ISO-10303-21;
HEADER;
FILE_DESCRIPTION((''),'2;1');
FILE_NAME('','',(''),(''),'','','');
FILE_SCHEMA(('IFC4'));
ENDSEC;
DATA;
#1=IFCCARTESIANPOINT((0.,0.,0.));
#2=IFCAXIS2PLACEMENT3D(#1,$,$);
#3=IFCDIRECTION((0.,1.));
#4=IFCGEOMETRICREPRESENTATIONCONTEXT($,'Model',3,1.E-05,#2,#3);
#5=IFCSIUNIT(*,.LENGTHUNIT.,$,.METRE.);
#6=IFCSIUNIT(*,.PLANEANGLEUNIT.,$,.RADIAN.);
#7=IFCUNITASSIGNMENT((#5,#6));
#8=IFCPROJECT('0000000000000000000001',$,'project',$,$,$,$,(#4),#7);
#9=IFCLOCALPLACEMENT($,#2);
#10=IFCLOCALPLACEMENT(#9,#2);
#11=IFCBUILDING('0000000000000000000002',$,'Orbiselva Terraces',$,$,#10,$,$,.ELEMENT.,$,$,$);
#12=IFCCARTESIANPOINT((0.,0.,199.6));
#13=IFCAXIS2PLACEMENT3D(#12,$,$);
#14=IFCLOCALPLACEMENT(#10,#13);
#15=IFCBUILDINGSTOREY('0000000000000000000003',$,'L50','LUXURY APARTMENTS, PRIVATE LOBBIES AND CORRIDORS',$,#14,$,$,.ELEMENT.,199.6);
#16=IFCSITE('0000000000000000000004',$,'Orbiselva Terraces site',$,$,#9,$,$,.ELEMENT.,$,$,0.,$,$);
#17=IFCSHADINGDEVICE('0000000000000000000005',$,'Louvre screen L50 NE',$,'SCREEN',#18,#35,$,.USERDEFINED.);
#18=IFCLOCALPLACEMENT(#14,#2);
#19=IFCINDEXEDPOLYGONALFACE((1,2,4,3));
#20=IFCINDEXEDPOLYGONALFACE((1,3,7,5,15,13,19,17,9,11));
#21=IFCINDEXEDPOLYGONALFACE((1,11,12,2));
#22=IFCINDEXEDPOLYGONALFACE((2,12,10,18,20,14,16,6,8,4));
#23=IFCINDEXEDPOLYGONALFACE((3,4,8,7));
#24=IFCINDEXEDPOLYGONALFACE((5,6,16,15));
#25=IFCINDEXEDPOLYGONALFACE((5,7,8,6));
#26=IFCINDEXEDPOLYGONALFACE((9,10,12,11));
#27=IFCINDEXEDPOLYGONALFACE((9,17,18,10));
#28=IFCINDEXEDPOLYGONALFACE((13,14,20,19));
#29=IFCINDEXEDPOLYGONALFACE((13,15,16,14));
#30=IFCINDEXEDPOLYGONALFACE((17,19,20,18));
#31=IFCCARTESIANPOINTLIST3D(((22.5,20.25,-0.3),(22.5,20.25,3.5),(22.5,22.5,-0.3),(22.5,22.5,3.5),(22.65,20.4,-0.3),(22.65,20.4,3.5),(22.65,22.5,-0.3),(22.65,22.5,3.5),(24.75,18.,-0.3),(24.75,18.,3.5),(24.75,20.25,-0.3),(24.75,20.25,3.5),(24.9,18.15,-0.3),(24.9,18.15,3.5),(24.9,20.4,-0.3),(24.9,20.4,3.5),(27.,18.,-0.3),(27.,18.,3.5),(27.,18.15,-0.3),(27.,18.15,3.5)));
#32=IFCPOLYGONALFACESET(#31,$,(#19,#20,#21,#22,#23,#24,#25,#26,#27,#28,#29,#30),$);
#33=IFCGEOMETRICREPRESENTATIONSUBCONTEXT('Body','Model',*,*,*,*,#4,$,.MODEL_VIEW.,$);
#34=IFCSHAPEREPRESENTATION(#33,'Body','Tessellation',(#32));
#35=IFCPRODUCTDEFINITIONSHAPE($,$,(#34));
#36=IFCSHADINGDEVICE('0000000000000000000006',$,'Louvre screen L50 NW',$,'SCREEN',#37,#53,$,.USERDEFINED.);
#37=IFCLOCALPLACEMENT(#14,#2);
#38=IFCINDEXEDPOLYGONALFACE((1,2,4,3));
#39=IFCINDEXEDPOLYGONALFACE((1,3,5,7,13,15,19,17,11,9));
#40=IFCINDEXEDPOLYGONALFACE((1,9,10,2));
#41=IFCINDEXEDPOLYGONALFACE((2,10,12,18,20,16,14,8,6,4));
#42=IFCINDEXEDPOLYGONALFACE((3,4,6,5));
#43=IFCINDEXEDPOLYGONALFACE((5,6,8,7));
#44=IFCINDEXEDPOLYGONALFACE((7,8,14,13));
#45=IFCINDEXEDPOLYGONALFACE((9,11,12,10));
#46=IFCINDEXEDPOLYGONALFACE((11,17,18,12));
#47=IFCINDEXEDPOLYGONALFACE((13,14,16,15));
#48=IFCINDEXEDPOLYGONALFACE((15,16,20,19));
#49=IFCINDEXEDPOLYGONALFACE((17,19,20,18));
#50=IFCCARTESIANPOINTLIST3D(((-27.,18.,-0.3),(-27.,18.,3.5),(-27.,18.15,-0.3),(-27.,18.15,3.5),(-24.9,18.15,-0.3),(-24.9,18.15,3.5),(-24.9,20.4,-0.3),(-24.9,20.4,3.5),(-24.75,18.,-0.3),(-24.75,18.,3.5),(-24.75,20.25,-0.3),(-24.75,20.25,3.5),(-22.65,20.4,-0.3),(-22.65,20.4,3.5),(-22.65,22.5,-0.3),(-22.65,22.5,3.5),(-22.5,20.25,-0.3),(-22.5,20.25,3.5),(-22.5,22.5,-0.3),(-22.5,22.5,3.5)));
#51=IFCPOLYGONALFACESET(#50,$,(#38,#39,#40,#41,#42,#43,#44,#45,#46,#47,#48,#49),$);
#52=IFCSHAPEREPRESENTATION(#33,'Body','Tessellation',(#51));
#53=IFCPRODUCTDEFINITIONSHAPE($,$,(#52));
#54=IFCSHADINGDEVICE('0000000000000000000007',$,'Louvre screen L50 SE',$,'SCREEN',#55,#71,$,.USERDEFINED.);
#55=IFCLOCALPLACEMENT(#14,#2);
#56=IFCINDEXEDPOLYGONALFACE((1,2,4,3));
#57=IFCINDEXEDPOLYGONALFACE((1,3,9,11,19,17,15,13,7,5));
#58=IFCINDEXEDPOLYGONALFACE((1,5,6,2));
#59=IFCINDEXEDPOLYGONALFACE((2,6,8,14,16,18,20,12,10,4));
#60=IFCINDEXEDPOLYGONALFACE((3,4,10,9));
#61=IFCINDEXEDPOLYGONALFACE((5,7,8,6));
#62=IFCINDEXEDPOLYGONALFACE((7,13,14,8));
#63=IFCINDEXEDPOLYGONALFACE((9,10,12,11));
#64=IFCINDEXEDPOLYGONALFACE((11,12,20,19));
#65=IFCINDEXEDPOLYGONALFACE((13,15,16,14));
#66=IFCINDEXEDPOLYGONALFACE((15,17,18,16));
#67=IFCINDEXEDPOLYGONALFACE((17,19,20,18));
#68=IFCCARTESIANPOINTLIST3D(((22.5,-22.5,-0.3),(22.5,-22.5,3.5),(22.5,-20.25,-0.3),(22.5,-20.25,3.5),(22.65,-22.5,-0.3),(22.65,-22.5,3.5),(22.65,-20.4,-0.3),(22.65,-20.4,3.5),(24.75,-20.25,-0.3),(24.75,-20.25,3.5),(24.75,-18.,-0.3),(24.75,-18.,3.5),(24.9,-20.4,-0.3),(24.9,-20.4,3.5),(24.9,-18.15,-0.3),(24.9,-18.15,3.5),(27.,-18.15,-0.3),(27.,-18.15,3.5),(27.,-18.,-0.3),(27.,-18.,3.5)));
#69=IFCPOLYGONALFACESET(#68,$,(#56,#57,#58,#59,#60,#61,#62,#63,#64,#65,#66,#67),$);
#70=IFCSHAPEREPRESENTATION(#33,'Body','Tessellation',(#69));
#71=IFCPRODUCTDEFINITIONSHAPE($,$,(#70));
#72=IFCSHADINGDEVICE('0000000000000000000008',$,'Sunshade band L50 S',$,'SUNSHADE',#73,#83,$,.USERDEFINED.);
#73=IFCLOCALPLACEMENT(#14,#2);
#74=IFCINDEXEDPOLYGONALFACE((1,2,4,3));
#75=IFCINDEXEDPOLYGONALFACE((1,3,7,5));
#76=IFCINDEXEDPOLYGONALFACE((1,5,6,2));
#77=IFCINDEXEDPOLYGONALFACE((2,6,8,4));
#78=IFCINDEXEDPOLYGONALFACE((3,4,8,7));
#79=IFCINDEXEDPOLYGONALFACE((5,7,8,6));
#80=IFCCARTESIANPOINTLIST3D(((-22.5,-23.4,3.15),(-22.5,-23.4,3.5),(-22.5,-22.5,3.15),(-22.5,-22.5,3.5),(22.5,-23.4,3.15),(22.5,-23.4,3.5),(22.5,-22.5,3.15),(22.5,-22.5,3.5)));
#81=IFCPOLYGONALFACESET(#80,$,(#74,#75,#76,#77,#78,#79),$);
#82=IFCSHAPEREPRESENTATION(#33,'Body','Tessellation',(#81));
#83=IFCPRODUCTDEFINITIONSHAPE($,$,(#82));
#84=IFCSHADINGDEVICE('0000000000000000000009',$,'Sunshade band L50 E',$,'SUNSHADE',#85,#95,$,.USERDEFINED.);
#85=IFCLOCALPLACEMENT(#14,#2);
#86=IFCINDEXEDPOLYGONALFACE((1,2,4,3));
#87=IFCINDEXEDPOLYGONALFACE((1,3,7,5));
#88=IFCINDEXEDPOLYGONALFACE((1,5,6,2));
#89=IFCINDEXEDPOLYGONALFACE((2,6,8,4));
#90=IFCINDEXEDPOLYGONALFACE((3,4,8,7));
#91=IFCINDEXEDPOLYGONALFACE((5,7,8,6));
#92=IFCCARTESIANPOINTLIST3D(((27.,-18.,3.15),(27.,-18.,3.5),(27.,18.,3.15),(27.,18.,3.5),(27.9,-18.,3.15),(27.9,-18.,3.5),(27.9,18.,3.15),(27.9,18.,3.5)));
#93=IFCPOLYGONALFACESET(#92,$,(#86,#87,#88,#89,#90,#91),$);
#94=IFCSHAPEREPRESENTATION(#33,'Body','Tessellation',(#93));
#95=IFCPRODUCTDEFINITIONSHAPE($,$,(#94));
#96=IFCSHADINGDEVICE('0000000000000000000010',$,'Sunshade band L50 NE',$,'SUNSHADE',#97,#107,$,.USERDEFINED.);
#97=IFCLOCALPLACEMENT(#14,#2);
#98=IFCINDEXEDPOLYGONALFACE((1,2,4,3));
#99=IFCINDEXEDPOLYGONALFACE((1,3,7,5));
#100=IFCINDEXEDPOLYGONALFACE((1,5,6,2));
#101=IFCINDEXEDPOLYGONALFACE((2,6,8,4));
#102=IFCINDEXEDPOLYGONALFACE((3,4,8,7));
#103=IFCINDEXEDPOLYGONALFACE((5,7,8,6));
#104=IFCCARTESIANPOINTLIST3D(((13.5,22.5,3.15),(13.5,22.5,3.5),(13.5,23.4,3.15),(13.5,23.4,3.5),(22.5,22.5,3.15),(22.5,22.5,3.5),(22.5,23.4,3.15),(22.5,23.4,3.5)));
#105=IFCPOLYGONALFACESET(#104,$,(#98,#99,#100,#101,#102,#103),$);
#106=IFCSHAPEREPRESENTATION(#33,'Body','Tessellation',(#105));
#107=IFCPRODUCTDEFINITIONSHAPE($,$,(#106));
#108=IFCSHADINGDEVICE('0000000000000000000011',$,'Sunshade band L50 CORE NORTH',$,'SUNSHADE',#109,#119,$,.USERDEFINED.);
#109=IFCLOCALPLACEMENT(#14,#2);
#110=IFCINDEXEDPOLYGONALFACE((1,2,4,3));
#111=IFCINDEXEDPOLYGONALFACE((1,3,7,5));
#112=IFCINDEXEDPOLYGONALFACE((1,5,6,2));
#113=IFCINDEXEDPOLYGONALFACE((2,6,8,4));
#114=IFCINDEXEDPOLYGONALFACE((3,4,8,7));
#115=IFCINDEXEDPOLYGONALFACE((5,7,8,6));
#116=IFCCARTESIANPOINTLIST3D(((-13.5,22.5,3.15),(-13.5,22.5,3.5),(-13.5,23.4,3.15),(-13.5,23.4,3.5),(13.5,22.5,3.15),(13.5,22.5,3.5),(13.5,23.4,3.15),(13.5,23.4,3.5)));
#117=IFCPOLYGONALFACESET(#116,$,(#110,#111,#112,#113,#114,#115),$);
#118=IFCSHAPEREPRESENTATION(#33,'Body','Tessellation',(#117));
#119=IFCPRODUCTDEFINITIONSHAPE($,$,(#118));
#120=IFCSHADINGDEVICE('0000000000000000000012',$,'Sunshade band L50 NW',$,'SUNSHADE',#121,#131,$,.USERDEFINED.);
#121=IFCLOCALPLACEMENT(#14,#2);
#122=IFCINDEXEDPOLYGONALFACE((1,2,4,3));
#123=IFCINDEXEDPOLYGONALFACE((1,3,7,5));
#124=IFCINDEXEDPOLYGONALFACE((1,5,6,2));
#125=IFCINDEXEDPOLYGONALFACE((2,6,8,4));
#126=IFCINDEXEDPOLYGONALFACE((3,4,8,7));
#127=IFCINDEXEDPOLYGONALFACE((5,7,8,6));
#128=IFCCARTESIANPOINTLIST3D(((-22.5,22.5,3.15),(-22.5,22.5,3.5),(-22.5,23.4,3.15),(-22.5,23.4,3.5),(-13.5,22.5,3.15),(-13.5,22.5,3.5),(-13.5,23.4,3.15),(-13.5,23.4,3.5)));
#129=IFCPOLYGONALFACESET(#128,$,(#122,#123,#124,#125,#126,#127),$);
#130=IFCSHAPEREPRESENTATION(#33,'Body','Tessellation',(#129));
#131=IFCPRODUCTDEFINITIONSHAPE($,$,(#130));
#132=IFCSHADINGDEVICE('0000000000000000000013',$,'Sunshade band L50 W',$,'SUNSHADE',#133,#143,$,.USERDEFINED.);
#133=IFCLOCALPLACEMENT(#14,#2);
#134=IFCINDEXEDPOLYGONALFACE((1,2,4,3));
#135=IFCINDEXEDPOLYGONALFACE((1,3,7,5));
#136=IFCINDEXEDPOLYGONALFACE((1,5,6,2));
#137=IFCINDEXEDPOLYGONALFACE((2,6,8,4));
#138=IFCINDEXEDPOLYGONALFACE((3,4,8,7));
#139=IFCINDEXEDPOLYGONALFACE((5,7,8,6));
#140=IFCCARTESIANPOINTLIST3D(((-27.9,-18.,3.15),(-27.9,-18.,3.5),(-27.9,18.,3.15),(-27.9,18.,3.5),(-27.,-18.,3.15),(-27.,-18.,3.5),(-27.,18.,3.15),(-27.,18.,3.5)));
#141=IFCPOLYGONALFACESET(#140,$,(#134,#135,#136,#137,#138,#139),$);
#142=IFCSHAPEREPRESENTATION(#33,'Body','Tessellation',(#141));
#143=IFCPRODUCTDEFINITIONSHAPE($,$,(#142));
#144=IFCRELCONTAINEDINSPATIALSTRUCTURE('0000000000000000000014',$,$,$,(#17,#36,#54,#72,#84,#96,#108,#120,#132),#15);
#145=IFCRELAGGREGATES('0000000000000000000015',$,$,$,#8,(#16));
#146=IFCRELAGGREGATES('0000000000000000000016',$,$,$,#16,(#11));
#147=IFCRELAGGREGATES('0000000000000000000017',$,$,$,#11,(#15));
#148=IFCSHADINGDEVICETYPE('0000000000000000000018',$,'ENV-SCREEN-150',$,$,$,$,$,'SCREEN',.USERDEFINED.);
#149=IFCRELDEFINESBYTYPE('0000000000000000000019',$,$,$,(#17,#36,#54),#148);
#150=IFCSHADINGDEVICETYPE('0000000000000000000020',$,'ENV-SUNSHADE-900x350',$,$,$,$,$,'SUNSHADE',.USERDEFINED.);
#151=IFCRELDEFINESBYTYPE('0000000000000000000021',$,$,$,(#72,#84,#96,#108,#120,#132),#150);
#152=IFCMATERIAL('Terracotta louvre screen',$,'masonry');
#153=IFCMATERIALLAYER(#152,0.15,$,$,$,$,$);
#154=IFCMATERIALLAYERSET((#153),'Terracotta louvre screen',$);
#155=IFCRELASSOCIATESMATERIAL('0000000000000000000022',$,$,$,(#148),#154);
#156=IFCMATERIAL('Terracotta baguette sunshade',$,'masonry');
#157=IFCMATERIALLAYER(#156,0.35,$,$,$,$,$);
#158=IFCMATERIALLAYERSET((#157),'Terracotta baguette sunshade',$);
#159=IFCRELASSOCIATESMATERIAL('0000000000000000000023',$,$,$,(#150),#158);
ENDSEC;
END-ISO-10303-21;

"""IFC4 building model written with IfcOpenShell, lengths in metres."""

from ifc_helpers import new_model, si_unit, direction, frame, origin, place, context, subcontext, project, spatial, polyline, outline, extrude, material, layer, layer_set, type_object, element, save


model = new_model("IFC4")

# Units and contexts
model_context = context("Model", 3, precision=1e-05, world=origin(), true_north=direction((0.0, 1.0)))
body_context = subcontext(model_context, "Body", "Model", "MODEL_VIEW")
ifc_project = project(units=[si_unit("LENGTHUNIT", "METRE"), si_unit("PLANEANGLEUNIT", "RADIAN")], contexts=[model_context])

# Site, building, storey
site_placement = place(None, origin())
site = spatial("IfcSite", under=ifc_project, at=site_placement, Name="Orbiselva Terraces site", CompositionType="ELEMENT", RefElevation=0.0)
building_placement = place(site_placement, origin())
building = spatial("IfcBuilding", under=site, at=building_placement, Name="Orbiselva Terraces", CompositionType="ELEMENT")
storey_placement = place(building_placement, frame((0.0, 0.0, 199.6)))
storey = spatial("IfcBuildingStorey", under=building, at=storey_placement, Name="L50", Description="LUXURY APARTMENTS, PRIVATE LOBBIES AND CORRIDORS", CompositionType="ELEMENT", Elevation=199.6)

# Shading devices
ifc_material_1 = material(Name="Terracotta louvre screen", Category="masonry")
ifc_layer_1 = layer(ifc_material_1, 0.15)
ifc_layer_set_1 = layer_set([ifc_layer_1], Name="Terracotta louvre screen")
shading_device_type_1 = type_object("IfcShadingDeviceType", Name="ENV-SCREEN-150", ElementType="SCREEN", PredefinedType="USERDEFINED", material=ifc_layer_set_1)
shading_device_1_placement = place(storey_placement, frame((0.0, 0.0, -0.3)))
element("IfcShadingDevice", 1, at=shading_device_1_placement, inside=storey, type_object=shading_device_type_1, Name="Louvre screen L50 NE", ObjectType="SCREEN", PredefinedType="USERDEFINED", context=body_context, shape_type="SweptSolid", body=[
    extrude(outline(polyline([(27.0, 18.15), (24.9, 18.15), (24.9, 20.4), (22.65, 20.4), (22.65, 22.5), (22.5, 22.5), (22.5, 20.25), (24.75, 20.25), (24.75, 18.0), (27.0, 18.0), (27.0, 18.15)])), origin(), (0.0, 0.0, 1.0), 3.8),
])
shading_device_2_placement = place(storey_placement, frame((0.0, 0.0, -0.3)))
element("IfcShadingDevice", 2, at=shading_device_2_placement, inside=storey, type_object=shading_device_type_1, Name="Louvre screen L50 NW", ObjectType="SCREEN", PredefinedType="USERDEFINED", context=body_context, shape_type="SweptSolid", body=[
    extrude(outline(polyline([(-22.65, 22.5), (-22.65, 20.4), (-24.9, 20.4), (-24.9, 18.15), (-27.0, 18.15), (-27.0, 18.0), (-24.75, 18.0), (-24.75, 20.25), (-22.5, 20.25), (-22.5, 22.5), (-22.65, 22.5)])), origin(), (0.0, 0.0, 1.0), 3.8),
])
shading_device_3_placement = place(storey_placement, frame((0.0, 0.0, -0.3)))
element("IfcShadingDevice", 3, at=shading_device_3_placement, inside=storey, type_object=shading_device_type_1, Name="Louvre screen L50 SE", ObjectType="SCREEN", PredefinedType="USERDEFINED", context=body_context, shape_type="SweptSolid", body=[
    extrude(outline(polyline([(22.65, -22.5), (22.65, -20.4), (24.9, -20.4), (24.9, -18.15), (27.0, -18.15), (27.0, -18.0), (24.75, -18.0), (24.75, -20.25), (22.5, -20.25), (22.5, -22.5), (22.65, -22.5)])), origin(), (0.0, 0.0, 1.0), 3.8),
])
ifc_material_2 = material(Name="Terracotta baguette sunshade", Category="masonry")
ifc_layer_2 = layer(ifc_material_2, 0.35)
ifc_layer_set_2 = layer_set([ifc_layer_2], Name="Terracotta baguette sunshade")
shading_device_type_2 = type_object("IfcShadingDeviceType", Name="ENV-SUNSHADE-900x350", ElementType="SUNSHADE", PredefinedType="USERDEFINED", material=ifc_layer_set_2)
shading_device_4_placement = place(storey_placement, frame((0.0, 0.0, 3.15)))
element("IfcShadingDevice", 4, at=shading_device_4_placement, inside=storey, type_object=shading_device_type_2, Name="Sunshade band L50 S", ObjectType="SUNSHADE", PredefinedType="USERDEFINED", context=body_context, shape_type="SweptSolid", body=[
    extrude(outline(polyline([(-22.5, -23.4), (22.5, -23.4), (22.5, -22.5), (-22.5, -22.5), (-22.5, -23.4)])), origin(), (0.0, 0.0, 1.0), 0.35),
])
shading_device_5_placement = place(storey_placement, frame((0.0, 0.0, 3.15)))
element("IfcShadingDevice", 5, at=shading_device_5_placement, inside=storey, type_object=shading_device_type_2, Name="Sunshade band L50 E", ObjectType="SUNSHADE", PredefinedType="USERDEFINED", context=body_context, shape_type="SweptSolid", body=[
    extrude(outline(polyline([(27.9, -18.0), (27.9, 18.0), (27.0, 18.0), (27.0, -18.0), (27.9, -18.0)])), origin(), (0.0, 0.0, 1.0), 0.35),
])
shading_device_6_placement = place(storey_placement, frame((0.0, 0.0, 3.15)))
element("IfcShadingDevice", 6, at=shading_device_6_placement, inside=storey, type_object=shading_device_type_2, Name="Sunshade band L50 NE", ObjectType="SUNSHADE", PredefinedType="USERDEFINED", context=body_context, shape_type="SweptSolid", body=[
    extrude(outline(polyline([(22.5, 23.4), (13.5, 23.4), (13.5, 22.5), (22.5, 22.5), (22.5, 23.4)])), origin(), (0.0, 0.0, 1.0), 0.35),
])
shading_device_7_placement = place(storey_placement, frame((0.0, 0.0, 3.15)))
element("IfcShadingDevice", 7, at=shading_device_7_placement, inside=storey, type_object=shading_device_type_2, Name="Sunshade band L50 CORE NORTH", ObjectType="SUNSHADE", PredefinedType="USERDEFINED", context=body_context, shape_type="SweptSolid", body=[
    extrude(outline(polyline([(13.5, 23.4), (-13.5, 23.4), (-13.5, 22.5), (13.5, 22.5), (13.5, 23.4)])), origin(), (0.0, 0.0, 1.0), 0.35),
])
shading_device_8_placement = place(storey_placement, frame((0.0, 0.0, 3.15)))
element("IfcShadingDevice", 8, at=shading_device_8_placement, inside=storey, type_object=shading_device_type_2, Name="Sunshade band L50 NW", ObjectType="SUNSHADE", PredefinedType="USERDEFINED", context=body_context, shape_type="SweptSolid", body=[
    extrude(outline(polyline([(-13.5, 23.4), (-22.5, 23.4), (-22.5, 22.5), (-13.5, 22.5), (-13.5, 23.4)])), origin(), (0.0, 0.0, 1.0), 0.35),
])
shading_device_9_placement = place(storey_placement, frame((0.0, 0.0, 3.15)))
element("IfcShadingDevice", 9, at=shading_device_9_placement, inside=storey, type_object=shading_device_type_2, Name="Sunshade band L50 W", ObjectType="SUNSHADE", PredefinedType="USERDEFINED", context=body_context, shape_type="SweptSolid", body=[
    extrude(outline(polyline([(-27.9, 18.0), (-27.9, -18.0), (-27.0, -18.0), (-27.0, 18.0), (-27.9, 18.0)])), origin(), (0.0, 0.0, 1.0), 0.35),
])

save(model, "model.ifc")
